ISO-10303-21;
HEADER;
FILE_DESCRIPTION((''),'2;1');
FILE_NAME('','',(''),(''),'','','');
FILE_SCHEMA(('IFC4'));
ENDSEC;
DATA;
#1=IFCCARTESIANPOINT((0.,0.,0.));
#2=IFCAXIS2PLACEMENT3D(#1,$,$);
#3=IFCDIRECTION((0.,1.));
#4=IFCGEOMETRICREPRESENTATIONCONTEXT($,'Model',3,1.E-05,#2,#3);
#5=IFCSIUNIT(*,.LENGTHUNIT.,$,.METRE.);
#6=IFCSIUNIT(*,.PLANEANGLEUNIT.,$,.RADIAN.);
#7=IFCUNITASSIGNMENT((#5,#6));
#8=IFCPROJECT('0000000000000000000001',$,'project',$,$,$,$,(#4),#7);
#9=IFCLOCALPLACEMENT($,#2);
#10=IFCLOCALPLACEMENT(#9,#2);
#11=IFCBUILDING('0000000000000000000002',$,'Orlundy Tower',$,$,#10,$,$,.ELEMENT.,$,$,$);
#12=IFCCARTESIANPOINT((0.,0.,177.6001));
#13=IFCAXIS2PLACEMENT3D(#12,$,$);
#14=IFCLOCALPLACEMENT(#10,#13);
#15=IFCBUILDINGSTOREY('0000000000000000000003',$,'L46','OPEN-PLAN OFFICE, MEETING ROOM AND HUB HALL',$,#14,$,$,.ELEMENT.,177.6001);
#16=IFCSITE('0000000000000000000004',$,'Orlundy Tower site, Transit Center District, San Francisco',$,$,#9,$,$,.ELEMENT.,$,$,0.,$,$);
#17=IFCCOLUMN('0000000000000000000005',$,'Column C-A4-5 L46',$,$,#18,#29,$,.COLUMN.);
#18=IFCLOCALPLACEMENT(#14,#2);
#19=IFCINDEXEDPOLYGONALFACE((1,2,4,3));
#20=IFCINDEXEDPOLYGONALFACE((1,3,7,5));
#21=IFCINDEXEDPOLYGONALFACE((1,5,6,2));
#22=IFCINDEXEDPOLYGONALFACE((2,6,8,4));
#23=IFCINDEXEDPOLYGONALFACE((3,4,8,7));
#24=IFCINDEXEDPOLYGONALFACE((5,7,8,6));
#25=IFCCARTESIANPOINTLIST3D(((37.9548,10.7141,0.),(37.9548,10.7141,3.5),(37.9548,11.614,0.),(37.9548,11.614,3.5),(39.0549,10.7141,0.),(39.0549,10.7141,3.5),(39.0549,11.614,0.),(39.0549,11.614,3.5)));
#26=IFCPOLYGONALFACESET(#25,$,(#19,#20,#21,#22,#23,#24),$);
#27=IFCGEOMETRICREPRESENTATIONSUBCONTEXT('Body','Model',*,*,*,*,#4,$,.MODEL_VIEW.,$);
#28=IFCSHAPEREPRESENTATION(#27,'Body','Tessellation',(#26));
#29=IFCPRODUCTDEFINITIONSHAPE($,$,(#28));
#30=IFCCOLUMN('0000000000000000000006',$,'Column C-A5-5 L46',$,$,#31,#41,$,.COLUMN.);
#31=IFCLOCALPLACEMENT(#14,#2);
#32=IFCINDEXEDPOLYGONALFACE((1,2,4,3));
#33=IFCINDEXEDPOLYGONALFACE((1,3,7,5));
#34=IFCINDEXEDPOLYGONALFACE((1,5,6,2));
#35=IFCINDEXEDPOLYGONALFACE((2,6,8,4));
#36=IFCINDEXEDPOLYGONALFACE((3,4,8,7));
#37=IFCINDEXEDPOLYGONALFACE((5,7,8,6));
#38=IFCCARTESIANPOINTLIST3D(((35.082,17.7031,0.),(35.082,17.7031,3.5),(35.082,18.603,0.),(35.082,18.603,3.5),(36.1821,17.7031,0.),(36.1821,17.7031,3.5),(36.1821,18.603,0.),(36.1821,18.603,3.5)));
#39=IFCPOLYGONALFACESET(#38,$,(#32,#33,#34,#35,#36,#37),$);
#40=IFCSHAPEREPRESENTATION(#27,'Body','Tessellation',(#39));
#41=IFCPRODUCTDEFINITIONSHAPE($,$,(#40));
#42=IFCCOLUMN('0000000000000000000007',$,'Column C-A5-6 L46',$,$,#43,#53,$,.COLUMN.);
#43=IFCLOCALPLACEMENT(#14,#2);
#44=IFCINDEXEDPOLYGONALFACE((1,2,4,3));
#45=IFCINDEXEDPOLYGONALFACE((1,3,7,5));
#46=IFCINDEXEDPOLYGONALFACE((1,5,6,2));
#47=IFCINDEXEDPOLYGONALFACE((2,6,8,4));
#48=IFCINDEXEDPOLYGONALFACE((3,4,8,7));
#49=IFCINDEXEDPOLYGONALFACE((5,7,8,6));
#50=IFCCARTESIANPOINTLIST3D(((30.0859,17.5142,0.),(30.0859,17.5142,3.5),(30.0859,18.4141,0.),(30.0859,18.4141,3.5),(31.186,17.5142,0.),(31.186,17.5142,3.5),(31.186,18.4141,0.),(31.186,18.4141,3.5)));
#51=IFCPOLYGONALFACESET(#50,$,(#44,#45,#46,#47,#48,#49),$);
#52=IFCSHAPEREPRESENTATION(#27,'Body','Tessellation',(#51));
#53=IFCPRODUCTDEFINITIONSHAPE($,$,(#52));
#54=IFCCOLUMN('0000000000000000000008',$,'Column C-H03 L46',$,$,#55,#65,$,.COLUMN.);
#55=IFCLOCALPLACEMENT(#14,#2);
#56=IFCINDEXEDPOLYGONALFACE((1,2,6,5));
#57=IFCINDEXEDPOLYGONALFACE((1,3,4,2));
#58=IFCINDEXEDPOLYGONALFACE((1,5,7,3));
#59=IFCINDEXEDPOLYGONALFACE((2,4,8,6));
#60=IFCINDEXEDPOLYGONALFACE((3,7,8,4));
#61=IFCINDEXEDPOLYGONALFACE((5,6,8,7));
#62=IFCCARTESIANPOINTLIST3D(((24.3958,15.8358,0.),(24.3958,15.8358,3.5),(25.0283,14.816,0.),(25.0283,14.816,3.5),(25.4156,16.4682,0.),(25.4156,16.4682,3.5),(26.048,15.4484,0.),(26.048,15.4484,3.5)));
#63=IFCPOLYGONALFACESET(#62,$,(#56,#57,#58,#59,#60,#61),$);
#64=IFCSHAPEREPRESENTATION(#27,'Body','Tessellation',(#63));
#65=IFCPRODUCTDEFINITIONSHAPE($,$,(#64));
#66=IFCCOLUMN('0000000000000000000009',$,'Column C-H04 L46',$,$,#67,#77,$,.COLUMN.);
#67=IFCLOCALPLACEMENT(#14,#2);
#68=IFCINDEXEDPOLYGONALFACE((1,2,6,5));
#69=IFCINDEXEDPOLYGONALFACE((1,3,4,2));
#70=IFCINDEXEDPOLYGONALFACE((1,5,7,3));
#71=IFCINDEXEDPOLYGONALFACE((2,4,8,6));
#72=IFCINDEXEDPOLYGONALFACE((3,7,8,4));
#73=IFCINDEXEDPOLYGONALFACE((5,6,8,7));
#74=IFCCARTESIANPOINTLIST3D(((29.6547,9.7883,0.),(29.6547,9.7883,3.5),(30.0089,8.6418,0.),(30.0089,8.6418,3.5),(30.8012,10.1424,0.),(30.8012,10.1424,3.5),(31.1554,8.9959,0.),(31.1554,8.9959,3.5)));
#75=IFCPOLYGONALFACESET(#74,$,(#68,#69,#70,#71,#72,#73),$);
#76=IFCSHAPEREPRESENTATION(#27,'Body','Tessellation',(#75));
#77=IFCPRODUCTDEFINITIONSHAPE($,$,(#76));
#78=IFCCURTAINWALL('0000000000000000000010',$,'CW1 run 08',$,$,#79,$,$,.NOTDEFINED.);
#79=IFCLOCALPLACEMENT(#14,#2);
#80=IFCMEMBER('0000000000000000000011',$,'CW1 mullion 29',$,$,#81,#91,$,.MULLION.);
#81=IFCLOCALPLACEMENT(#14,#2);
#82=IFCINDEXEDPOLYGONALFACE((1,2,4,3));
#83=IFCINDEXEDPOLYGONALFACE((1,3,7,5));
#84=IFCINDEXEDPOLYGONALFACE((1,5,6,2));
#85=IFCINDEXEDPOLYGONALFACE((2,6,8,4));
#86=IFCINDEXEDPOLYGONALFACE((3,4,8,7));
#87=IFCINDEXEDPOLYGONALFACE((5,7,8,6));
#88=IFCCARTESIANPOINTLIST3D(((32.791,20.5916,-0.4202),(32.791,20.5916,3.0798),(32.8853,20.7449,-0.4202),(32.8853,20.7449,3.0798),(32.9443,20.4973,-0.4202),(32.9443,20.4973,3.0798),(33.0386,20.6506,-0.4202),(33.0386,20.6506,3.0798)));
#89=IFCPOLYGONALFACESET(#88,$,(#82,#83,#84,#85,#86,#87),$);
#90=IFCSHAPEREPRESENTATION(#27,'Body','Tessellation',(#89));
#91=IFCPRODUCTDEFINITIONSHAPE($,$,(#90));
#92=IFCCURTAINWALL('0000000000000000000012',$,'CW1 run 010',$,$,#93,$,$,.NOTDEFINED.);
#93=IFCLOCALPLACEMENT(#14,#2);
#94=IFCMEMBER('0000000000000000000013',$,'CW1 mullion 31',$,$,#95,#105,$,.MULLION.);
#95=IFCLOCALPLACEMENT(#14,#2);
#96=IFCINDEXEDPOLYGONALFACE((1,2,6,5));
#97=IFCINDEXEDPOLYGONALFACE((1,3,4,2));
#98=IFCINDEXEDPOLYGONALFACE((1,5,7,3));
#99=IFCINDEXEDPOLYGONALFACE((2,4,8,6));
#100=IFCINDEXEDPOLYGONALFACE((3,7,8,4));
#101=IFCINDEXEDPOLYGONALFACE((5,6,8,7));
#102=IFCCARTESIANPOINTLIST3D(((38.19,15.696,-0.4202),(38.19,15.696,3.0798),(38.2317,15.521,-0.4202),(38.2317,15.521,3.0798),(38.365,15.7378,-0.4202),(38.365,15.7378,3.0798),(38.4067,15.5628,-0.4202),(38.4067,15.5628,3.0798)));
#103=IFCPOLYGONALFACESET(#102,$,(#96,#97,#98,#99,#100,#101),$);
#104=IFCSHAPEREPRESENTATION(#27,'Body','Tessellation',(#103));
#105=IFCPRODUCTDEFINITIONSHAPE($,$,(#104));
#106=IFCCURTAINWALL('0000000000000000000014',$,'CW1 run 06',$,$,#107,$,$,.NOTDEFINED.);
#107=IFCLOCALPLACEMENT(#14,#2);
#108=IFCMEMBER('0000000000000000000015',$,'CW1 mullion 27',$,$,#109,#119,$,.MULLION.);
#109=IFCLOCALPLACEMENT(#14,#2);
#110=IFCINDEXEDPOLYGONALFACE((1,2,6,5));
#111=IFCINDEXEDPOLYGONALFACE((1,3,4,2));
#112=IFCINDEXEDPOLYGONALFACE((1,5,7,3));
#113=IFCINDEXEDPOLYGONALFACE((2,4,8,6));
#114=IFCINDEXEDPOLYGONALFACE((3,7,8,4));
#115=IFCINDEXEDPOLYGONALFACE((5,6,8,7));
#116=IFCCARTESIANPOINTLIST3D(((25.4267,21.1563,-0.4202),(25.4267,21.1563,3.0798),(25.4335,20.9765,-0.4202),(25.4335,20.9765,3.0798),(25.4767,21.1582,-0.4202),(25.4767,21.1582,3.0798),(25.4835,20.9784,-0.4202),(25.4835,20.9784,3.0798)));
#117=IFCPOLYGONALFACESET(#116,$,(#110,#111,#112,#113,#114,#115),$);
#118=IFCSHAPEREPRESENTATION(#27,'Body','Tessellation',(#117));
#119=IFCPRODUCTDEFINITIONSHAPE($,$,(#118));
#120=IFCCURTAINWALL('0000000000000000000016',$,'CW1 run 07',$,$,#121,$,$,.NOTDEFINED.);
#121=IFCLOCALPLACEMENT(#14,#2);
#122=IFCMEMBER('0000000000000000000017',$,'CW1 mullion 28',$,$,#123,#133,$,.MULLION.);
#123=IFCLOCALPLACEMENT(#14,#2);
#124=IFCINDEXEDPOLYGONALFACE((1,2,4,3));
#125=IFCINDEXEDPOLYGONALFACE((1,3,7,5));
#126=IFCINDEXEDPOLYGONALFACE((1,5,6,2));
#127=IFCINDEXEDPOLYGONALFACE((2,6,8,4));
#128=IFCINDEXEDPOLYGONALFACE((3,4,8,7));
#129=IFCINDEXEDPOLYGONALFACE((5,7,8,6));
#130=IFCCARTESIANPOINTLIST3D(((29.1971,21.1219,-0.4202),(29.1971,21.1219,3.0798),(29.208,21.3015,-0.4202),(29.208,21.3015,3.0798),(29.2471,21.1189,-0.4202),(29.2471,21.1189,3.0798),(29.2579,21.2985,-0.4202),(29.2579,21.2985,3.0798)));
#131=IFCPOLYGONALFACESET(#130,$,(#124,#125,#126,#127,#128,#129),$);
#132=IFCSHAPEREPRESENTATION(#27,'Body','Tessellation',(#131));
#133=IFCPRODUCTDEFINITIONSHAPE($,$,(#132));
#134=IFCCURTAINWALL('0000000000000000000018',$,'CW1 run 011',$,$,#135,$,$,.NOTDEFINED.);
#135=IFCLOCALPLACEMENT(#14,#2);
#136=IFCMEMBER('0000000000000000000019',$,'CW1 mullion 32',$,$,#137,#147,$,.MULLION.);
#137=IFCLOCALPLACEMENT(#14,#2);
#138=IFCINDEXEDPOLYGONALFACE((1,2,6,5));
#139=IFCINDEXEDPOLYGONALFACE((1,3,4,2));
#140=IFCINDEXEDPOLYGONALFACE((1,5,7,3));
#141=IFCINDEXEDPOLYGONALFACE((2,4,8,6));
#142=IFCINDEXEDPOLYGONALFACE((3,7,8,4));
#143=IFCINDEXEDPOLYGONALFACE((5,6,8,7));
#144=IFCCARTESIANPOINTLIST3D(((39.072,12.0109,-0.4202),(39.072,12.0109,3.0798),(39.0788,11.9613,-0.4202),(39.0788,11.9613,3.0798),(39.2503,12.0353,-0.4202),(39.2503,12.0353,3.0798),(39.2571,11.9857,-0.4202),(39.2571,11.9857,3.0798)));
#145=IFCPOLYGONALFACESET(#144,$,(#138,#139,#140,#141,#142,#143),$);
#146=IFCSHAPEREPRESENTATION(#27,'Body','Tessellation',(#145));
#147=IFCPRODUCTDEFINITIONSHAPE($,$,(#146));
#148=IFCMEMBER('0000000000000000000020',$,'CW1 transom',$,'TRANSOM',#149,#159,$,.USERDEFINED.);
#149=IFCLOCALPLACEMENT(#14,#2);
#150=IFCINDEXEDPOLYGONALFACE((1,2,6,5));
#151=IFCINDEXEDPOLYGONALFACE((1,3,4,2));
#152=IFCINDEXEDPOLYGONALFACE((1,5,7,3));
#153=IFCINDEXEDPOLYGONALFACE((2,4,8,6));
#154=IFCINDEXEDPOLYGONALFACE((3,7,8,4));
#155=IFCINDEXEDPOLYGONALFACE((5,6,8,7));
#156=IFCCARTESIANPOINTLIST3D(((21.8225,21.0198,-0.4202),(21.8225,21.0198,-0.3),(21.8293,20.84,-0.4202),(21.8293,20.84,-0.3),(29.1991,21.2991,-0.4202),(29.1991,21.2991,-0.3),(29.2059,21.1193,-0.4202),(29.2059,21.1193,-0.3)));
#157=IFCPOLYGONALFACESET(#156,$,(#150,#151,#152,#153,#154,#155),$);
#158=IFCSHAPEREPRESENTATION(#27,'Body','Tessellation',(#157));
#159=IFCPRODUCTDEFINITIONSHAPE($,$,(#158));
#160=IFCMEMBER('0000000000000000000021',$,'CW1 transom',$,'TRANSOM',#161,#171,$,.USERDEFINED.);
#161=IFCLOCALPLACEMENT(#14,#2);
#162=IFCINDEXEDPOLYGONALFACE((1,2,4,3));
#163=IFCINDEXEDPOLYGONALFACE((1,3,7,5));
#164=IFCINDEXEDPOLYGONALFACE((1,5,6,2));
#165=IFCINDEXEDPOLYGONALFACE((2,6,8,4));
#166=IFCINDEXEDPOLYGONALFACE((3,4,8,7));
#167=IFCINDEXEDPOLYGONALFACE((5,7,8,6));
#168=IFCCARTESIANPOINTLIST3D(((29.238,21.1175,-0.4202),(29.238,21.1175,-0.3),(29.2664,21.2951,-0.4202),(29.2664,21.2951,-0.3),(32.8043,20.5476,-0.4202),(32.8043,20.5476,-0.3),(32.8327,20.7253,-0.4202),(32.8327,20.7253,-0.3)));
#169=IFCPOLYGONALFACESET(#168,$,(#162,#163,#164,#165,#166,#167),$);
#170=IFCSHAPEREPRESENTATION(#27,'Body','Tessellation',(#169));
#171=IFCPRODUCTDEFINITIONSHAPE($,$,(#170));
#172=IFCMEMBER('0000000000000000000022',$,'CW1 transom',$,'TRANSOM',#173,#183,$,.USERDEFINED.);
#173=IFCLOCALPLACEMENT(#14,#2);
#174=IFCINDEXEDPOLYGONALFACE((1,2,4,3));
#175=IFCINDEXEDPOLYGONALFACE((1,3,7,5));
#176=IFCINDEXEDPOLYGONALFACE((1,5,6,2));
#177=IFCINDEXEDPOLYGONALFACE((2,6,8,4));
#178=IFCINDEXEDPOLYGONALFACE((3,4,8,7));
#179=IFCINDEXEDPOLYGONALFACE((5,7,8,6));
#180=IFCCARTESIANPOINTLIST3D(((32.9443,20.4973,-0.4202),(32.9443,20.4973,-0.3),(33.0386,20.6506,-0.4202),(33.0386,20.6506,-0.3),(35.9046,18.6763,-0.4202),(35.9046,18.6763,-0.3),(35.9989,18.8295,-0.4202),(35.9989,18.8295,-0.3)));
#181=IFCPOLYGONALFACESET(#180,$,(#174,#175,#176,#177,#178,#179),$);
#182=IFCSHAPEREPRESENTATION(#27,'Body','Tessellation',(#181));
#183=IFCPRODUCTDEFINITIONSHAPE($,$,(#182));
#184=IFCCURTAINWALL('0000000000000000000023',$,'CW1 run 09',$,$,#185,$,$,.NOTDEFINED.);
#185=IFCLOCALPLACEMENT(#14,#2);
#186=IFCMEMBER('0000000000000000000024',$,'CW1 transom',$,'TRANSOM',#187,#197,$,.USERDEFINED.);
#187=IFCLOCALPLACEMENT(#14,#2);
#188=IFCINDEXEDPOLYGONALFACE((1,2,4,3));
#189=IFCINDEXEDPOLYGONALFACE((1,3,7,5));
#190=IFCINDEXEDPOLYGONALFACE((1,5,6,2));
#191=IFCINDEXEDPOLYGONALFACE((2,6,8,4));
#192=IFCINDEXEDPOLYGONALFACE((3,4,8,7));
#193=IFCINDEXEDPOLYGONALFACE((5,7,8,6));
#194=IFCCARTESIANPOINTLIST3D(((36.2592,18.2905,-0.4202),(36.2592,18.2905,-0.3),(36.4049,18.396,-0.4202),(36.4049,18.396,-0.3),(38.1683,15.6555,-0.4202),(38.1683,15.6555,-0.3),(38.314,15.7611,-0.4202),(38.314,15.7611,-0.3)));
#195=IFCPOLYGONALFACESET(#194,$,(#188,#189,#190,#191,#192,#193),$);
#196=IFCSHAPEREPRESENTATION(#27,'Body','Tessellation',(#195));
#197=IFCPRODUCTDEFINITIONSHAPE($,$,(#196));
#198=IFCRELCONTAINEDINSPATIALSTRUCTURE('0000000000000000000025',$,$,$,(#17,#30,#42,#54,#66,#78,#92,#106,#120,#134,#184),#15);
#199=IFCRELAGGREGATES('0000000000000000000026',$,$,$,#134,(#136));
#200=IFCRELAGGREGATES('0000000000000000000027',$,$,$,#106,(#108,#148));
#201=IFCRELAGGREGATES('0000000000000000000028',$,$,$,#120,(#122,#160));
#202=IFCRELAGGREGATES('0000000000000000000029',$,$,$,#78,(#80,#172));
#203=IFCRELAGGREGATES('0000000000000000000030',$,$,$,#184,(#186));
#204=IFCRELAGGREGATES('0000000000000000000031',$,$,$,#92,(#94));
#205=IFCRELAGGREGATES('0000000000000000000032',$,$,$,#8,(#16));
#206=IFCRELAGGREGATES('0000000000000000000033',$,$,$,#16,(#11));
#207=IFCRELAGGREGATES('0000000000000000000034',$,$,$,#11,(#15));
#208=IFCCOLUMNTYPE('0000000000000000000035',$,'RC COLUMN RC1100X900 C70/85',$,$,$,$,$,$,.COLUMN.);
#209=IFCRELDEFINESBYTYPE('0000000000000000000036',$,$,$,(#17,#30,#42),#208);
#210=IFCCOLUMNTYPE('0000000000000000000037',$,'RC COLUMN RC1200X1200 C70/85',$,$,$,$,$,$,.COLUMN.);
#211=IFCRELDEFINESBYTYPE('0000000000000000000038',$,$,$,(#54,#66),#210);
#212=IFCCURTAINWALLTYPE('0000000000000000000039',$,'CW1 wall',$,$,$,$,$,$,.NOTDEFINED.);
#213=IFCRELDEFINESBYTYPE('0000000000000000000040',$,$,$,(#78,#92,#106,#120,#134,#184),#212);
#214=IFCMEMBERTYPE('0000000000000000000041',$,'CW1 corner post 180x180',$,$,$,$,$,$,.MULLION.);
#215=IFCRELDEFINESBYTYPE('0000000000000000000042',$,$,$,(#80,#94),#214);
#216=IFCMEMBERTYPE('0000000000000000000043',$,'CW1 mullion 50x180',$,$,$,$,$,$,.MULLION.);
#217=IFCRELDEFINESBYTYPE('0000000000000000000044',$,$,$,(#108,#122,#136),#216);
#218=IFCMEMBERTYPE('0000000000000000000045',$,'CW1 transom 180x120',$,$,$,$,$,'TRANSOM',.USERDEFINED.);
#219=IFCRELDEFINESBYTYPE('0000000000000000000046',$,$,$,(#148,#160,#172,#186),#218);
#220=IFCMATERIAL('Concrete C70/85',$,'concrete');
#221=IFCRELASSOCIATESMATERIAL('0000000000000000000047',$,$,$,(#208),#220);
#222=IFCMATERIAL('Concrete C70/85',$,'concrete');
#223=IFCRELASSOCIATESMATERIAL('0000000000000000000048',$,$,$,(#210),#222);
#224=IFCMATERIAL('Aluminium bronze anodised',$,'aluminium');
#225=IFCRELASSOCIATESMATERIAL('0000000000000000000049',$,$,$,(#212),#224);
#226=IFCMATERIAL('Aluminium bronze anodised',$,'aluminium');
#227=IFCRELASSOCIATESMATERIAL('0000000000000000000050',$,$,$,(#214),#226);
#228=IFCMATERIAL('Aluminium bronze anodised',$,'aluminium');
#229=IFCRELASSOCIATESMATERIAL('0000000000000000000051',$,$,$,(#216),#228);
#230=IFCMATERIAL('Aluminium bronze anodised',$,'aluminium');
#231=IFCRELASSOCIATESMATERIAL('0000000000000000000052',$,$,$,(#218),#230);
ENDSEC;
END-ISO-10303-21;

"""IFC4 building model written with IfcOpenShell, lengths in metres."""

from ifc_helpers import new_model, si_unit, direction, frame, origin, origin_2d, place, context, subcontext, project, spatial, rectangle, extrude, material, material_profile, profile_set, type_object, element, aggregate, save


model = new_model("IFC4")

# Units and contexts
model_context = context("Model", 3, precision=1e-05, world=origin(), true_north=direction((0.0, 1.0)))
body_context = subcontext(model_context, "Body", "Model", "MODEL_VIEW")
ifc_project = project(units=[si_unit("LENGTHUNIT", "METRE"), si_unit("PLANEANGLEUNIT", "RADIAN")], contexts=[model_context])

# Site, building, storey
site_placement = place(None, origin())
site = spatial("IfcSite", under=ifc_project, at=site_placement, Name="Orlundy Tower site, Transit Center District, San Francisco", CompositionType="ELEMENT", RefElevation=0.0)
building_placement = place(site_placement, origin())
building = spatial("IfcBuilding", under=site, at=building_placement, Name="Orlundy Tower", CompositionType="ELEMENT")
storey_placement = place(building_placement, frame((0.0, 0.0, 177.6001)))
storey = spatial("IfcBuildingStorey", under=building, at=storey_placement, Name="L46", Description="OPEN-PLAN OFFICE, MEETING ROOM AND HUB HALL", CompositionType="ELEMENT", Elevation=177.6001)

# Columns
ifc_material_1 = material(Name="Concrete C70/85", Category="concrete")
ifc_material_profile_1 = material_profile(ifc_material_1, rectangle(XDim=1.1001, YDim=0.8999, at=origin_2d()), Name="RC1100X900")
ifc_profile_set_1 = profile_set([ifc_material_profile_1], Name="Concrete C70/85")
column_type_1 = type_object("IfcColumnType", Name="RC COLUMN RC1100X900 C70/85", PredefinedType="COLUMN", material=ifc_profile_set_1)
for number, where, z_axis, x_axis, name in (
    (1, (38.5049, 11.1641, 0.0), (0.0, 0.0, 1.0), (1.0, 0.0, 0.0), "Column C-A4-5 L46"),
    (2, (35.6321, 18.1531, 0.0), (0.0, 0.0, 1.0), (1.0, 0.0, 0.0), "Column C-A5-5 L46"),
    (3, (30.636, 17.9641, 0.0), (0.0, 0.0, 1.0), (1.0, 0.0, 0.0), "Column C-A5-6 L46"),
):
    element("IfcColumn", number, at=place(storey_placement, frame(where, z_axis=z_axis, x_axis=x_axis)), inside=storey, type_object=column_type_1, Name=name, PredefinedType="COLUMN", context=body_context, shape_type="SweptSolid", body=[
        extrude(rectangle(XDim=1.1001, YDim=0.8999, at=origin_2d()), origin(), (0.0, 0.0, 1.0), 3.5),
    ])
ifc_material_2 = material(Name="Concrete C70/85", Category="concrete")
ifc_material_profile_2 = material_profile(ifc_material_2, rectangle(XDim=1.2, YDim=1.2, at=origin_2d()), Name="RC1200X1200")
ifc_profile_set_2 = profile_set([ifc_material_profile_2], Name="Concrete C70/85")
column_type_2 = type_object("IfcColumnType", Name="RC COLUMN RC1200X1200 C70/85", PredefinedType="COLUMN", material=ifc_profile_set_2)
for number, where, z_axis, x_axis, name in (
    (4, (25.2219, 15.6421, 0.0), (0.0, 0.0, 1.0), (0.849838, 0.527045, 0.0), "Column C-H03 L46"),
    (5, (30.405, 9.3921, 0.0), (0.0, 0.0, 1.0), (0.955454, 0.295141, 0.0), "Column C-H04 L46"),
):
    element("IfcColumn", number, at=place(storey_placement, frame(where, z_axis=z_axis, x_axis=x_axis)), inside=storey, type_object=column_type_2, Name=name, PredefinedType="COLUMN", context=body_context, shape_type="SweptSolid", body=[
        extrude(rectangle(XDim=1.2, YDim=1.2, at=origin_2d()), origin(), (0.0, 0.0, 1.0), 3.5),
    ])

# Curtain walls, members
ifc_material_3 = material(Name="Aluminium bronze anodised", Category="aluminium")
curtain_wall_type = type_object("IfcCurtainWallType", Name="CW1 wall", PredefinedType="NOTDEFINED", material=ifc_material_3)
curtain_wall_1_placement = place(storey_placement, origin())
curtain_wall_1 = element("IfcCurtainWall", 6, at=curtain_wall_1_placement, inside=storey, type_object=curtain_wall_type, Name="CW1 run 08", PredefinedType="NOTDEFINED")
ifc_material_4 = material(Name="Aluminium bronze anodised", Category="aluminium")
ifc_material_profile_3 = material_profile(ifc_material_4, rectangle(XDim=0.1799, YDim=0.1799, at=origin_2d()), Name="CW1 corner post 180x180")
ifc_profile_set_3 = profile_set([ifc_material_profile_3], Name="Aluminium bronze anodised")
member_type_1 = type_object("IfcMemberType", Name="CW1 corner post 180x180", PredefinedType="MULLION", material=ifc_profile_set_3)
member_1_placement = place(storey_placement, frame((32.9148, 20.6211, -0.4202), z_axis=(0.0, 0.0, 1.0), x_axis=(0.523947, 0.851751, 0.0)))
member_1 = element("IfcMember", 7, at=member_1_placement, type_object=member_type_1, Name="CW1 mullion 29", PredefinedType="MULLION", context=body_context, shape_type="SweptSolid", body=[
    extrude(rectangle(XDim=0.1799, YDim=0.1799, at=origin_2d()), origin(), (0.0, 0.0, 1.0), 3.5),
])
curtain_wall_2_placement = place(storey_placement, origin())
curtain_wall_2 = element("IfcCurtainWall", 8, at=curtain_wall_2_placement, inside=storey, type_object=curtain_wall_type, Name="CW1 run 010", PredefinedType="NOTDEFINED")
member_2_placement = place(storey_placement, frame((38.2983, 15.6294, -0.4202), z_axis=(0.0, 0.0, 1.0), x_axis=(0.972705, 0.232046, 0.0)))
member_2 = element("IfcMember", 9, at=member_2_placement, type_object=member_type_1, Name="CW1 mullion 31", PredefinedType="MULLION", context=body_context, shape_type="SweptSolid", body=[
    extrude(rectangle(XDim=0.1799, YDim=0.1799, at=origin_2d()), origin(), (0.0, 0.0, 1.0), 3.5),
])
curtain_wall_3_placement = place(storey_placement, origin())
curtain_wall_3 = element("IfcCurtainWall", 10, at=curtain_wall_3_placement, inside=storey, type_object=curtain_wall_type, Name="CW1 run 06", PredefinedType="NOTDEFINED")
ifc_material_5 = material(Name="Aluminium bronze anodised", Category="aluminium")
ifc_material_profile_4 = material_profile(ifc_material_5, rectangle(XDim=0.1799, YDim=0.05, at=origin_2d()), Name="CW1 mullion 50x180")
ifc_profile_set_4 = profile_set([ifc_material_profile_4], Name="Aluminium bronze anodised")
member_type_2 = type_object("IfcMemberType", Name="CW1 mullion 50x180", PredefinedType="MULLION", material=ifc_profile_set_4)
member_3_placement = place(storey_placement, frame((25.4551, 21.0674, -0.4202), z_axis=(0.0, 0.0, 1.0), x_axis=(-0.037837, 0.999284, 0.0)))
member_3 = element("IfcMember", 11, at=member_3_placement, type_object=member_type_2, Name="CW1 mullion 27", PredefinedType="MULLION", context=body_context, shape_type="SweptSolid", body=[
    extrude(rectangle(XDim=0.1799, YDim=0.05, at=origin_2d()), origin(), (0.0, 0.0, 1.0), 3.5),
])
curtain_wall_4_placement = place(storey_placement, origin())
curtain_wall_4 = element("IfcCurtainWall", 12, at=curtain_wall_4_placement, inside=storey, type_object=curtain_wall_type, Name="CW1 run 07", PredefinedType="NOTDEFINED")
member_4_placement = place(storey_placement, frame((29.2275, 21.2102, -0.4202), z_axis=(0.0, 0.0, 1.0), x_axis=(0.060267, 0.998182, 0.0)))
member_4 = element("IfcMember", 13, at=member_4_placement, type_object=member_type_2, Name="CW1 mullion 28", PredefinedType="MULLION", context=body_context, shape_type="SweptSolid", body=[
    extrude(rectangle(XDim=0.1799, YDim=0.05, at=origin_2d()), origin(), (0.0, 0.0, 1.0), 3.5),
])
curtain_wall_5_placement = place(storey_placement, origin())
curtain_wall_5 = element("IfcCurtainWall", 14, at=curtain_wall_5_placement, inside=storey, type_object=curtain_wall_type, Name="CW1 run 011", PredefinedType="NOTDEFINED")
member_5_placement = place(storey_placement, frame((39.1646, 11.9983, -0.4202), z_axis=(0.0, 0.0, 1.0), x_axis=(0.990766, 0.135581, 0.0)))
member_5 = element("IfcMember", 15, at=member_5_placement, type_object=member_type_2, Name="CW1 mullion 32", PredefinedType="MULLION", context=body_context, shape_type="SweptSolid", body=[
    extrude(rectangle(XDim=0.1799, YDim=0.05, at=origin_2d()), origin(), (0.0, 0.0, 1.0), 3.5),
])

# Members
ifc_material_6 = material(Name="Aluminium bronze anodised", Category="aluminium")
ifc_material_profile_5 = material_profile(ifc_material_6, rectangle(XDim=0.1799, YDim=0.1201, at=origin_2d()), Name="CW1 transom 180x120")
ifc_profile_set_5 = profile_set([ifc_material_profile_5], Name="Aluminium bronze anodised")
member_type_3 = type_object("IfcMemberType", Name="CW1 transom 180x120", ElementType="TRANSOM", PredefinedType="USERDEFINED", material=ifc_profile_set_5)
member_6_placement = place(storey_placement, frame((21.8259, 20.9299, -0.3601), z_axis=(0.999284, 0.037836, 0.0), x_axis=(-0.037836, 0.999284, 0.0)))
member_6 = element("IfcMember", 16, at=member_6_placement, type_object=member_type_3, Name="CW1 transom", ObjectType="TRANSOM", PredefinedType="USERDEFINED", context=body_context, shape_type="SweptSolid", body=[
    extrude(rectangle(XDim=0.1799, YDim=0.1201, at=origin_2d()), origin(), (0.0, 0.0, 1.0), 7.3818),
])
member_7_placement = place(storey_placement, frame((29.2522, 21.2063, -0.3601), z_axis=(0.987475, -0.157774, 0.0), x_axis=(0.157774, 0.987475, 0.0)))
member_7 = element("IfcMember", 17, at=member_7_placement, type_object=member_type_3, Name="CW1 transom", ObjectType="TRANSOM", PredefinedType="USERDEFINED", context=body_context, shape_type="SweptSolid", body=[
    extrude(rectangle(XDim=0.1799, YDim=0.1201, at=origin_2d()), origin(), (0.0, 0.0, 1.0), 3.6116),
])
member_8_placement = place(storey_placement, frame((32.9915, 20.574, -0.3601), z_axis=(0.851738, -0.523968, 0.0), x_axis=(0.523968, 0.851738, 0.0)))
member_8 = element("IfcMember", 18, at=member_8_placement, type_object=member_type_3, Name="CW1 transom", ObjectType="TRANSOM", PredefinedType="USERDEFINED", context=body_context, shape_type="SweptSolid", body=[
    extrude(rectangle(XDim=0.1799, YDim=0.1201, at=origin_2d()), origin(), (0.0, 0.0, 1.0), 3.4756),
])

# Curtain wall, member
curtain_wall_6_placement = place(storey_placement, origin())
curtain_wall_6 = element("IfcCurtainWall", 19, at=curtain_wall_6_placement, inside=storey, type_object=curtain_wall_type, Name="CW1 run 09", PredefinedType="NOTDEFINED")
member_9_placement = place(storey_placement, frame((36.332, 18.3433, -0.3601), z_axis=(0.586725, -0.809786, 0.0), x_axis=(0.809786, 0.586725, 0.0)))
member_9 = element("IfcMember", 20, at=member_9_placement, type_object=member_type_3, Name="CW1 transom", ObjectType="TRANSOM", PredefinedType="USERDEFINED", context=body_context, shape_type="SweptSolid", body=[
    extrude(rectangle(XDim=0.1799, YDim=0.1201, at=origin_2d()), origin(), (0.0, 0.0, 1.0), 3.2539),
])

aggregate(curtain_wall_5, [member_5])

aggregate(curtain_wall_3, [member_3, member_6])
aggregate(curtain_wall_4, [member_4, member_7])
aggregate(curtain_wall_1, [member_1, member_8])
aggregate(curtain_wall_6, [member_9])
aggregate(curtain_wall_2, [member_2])

save(model, "model.ifc")
